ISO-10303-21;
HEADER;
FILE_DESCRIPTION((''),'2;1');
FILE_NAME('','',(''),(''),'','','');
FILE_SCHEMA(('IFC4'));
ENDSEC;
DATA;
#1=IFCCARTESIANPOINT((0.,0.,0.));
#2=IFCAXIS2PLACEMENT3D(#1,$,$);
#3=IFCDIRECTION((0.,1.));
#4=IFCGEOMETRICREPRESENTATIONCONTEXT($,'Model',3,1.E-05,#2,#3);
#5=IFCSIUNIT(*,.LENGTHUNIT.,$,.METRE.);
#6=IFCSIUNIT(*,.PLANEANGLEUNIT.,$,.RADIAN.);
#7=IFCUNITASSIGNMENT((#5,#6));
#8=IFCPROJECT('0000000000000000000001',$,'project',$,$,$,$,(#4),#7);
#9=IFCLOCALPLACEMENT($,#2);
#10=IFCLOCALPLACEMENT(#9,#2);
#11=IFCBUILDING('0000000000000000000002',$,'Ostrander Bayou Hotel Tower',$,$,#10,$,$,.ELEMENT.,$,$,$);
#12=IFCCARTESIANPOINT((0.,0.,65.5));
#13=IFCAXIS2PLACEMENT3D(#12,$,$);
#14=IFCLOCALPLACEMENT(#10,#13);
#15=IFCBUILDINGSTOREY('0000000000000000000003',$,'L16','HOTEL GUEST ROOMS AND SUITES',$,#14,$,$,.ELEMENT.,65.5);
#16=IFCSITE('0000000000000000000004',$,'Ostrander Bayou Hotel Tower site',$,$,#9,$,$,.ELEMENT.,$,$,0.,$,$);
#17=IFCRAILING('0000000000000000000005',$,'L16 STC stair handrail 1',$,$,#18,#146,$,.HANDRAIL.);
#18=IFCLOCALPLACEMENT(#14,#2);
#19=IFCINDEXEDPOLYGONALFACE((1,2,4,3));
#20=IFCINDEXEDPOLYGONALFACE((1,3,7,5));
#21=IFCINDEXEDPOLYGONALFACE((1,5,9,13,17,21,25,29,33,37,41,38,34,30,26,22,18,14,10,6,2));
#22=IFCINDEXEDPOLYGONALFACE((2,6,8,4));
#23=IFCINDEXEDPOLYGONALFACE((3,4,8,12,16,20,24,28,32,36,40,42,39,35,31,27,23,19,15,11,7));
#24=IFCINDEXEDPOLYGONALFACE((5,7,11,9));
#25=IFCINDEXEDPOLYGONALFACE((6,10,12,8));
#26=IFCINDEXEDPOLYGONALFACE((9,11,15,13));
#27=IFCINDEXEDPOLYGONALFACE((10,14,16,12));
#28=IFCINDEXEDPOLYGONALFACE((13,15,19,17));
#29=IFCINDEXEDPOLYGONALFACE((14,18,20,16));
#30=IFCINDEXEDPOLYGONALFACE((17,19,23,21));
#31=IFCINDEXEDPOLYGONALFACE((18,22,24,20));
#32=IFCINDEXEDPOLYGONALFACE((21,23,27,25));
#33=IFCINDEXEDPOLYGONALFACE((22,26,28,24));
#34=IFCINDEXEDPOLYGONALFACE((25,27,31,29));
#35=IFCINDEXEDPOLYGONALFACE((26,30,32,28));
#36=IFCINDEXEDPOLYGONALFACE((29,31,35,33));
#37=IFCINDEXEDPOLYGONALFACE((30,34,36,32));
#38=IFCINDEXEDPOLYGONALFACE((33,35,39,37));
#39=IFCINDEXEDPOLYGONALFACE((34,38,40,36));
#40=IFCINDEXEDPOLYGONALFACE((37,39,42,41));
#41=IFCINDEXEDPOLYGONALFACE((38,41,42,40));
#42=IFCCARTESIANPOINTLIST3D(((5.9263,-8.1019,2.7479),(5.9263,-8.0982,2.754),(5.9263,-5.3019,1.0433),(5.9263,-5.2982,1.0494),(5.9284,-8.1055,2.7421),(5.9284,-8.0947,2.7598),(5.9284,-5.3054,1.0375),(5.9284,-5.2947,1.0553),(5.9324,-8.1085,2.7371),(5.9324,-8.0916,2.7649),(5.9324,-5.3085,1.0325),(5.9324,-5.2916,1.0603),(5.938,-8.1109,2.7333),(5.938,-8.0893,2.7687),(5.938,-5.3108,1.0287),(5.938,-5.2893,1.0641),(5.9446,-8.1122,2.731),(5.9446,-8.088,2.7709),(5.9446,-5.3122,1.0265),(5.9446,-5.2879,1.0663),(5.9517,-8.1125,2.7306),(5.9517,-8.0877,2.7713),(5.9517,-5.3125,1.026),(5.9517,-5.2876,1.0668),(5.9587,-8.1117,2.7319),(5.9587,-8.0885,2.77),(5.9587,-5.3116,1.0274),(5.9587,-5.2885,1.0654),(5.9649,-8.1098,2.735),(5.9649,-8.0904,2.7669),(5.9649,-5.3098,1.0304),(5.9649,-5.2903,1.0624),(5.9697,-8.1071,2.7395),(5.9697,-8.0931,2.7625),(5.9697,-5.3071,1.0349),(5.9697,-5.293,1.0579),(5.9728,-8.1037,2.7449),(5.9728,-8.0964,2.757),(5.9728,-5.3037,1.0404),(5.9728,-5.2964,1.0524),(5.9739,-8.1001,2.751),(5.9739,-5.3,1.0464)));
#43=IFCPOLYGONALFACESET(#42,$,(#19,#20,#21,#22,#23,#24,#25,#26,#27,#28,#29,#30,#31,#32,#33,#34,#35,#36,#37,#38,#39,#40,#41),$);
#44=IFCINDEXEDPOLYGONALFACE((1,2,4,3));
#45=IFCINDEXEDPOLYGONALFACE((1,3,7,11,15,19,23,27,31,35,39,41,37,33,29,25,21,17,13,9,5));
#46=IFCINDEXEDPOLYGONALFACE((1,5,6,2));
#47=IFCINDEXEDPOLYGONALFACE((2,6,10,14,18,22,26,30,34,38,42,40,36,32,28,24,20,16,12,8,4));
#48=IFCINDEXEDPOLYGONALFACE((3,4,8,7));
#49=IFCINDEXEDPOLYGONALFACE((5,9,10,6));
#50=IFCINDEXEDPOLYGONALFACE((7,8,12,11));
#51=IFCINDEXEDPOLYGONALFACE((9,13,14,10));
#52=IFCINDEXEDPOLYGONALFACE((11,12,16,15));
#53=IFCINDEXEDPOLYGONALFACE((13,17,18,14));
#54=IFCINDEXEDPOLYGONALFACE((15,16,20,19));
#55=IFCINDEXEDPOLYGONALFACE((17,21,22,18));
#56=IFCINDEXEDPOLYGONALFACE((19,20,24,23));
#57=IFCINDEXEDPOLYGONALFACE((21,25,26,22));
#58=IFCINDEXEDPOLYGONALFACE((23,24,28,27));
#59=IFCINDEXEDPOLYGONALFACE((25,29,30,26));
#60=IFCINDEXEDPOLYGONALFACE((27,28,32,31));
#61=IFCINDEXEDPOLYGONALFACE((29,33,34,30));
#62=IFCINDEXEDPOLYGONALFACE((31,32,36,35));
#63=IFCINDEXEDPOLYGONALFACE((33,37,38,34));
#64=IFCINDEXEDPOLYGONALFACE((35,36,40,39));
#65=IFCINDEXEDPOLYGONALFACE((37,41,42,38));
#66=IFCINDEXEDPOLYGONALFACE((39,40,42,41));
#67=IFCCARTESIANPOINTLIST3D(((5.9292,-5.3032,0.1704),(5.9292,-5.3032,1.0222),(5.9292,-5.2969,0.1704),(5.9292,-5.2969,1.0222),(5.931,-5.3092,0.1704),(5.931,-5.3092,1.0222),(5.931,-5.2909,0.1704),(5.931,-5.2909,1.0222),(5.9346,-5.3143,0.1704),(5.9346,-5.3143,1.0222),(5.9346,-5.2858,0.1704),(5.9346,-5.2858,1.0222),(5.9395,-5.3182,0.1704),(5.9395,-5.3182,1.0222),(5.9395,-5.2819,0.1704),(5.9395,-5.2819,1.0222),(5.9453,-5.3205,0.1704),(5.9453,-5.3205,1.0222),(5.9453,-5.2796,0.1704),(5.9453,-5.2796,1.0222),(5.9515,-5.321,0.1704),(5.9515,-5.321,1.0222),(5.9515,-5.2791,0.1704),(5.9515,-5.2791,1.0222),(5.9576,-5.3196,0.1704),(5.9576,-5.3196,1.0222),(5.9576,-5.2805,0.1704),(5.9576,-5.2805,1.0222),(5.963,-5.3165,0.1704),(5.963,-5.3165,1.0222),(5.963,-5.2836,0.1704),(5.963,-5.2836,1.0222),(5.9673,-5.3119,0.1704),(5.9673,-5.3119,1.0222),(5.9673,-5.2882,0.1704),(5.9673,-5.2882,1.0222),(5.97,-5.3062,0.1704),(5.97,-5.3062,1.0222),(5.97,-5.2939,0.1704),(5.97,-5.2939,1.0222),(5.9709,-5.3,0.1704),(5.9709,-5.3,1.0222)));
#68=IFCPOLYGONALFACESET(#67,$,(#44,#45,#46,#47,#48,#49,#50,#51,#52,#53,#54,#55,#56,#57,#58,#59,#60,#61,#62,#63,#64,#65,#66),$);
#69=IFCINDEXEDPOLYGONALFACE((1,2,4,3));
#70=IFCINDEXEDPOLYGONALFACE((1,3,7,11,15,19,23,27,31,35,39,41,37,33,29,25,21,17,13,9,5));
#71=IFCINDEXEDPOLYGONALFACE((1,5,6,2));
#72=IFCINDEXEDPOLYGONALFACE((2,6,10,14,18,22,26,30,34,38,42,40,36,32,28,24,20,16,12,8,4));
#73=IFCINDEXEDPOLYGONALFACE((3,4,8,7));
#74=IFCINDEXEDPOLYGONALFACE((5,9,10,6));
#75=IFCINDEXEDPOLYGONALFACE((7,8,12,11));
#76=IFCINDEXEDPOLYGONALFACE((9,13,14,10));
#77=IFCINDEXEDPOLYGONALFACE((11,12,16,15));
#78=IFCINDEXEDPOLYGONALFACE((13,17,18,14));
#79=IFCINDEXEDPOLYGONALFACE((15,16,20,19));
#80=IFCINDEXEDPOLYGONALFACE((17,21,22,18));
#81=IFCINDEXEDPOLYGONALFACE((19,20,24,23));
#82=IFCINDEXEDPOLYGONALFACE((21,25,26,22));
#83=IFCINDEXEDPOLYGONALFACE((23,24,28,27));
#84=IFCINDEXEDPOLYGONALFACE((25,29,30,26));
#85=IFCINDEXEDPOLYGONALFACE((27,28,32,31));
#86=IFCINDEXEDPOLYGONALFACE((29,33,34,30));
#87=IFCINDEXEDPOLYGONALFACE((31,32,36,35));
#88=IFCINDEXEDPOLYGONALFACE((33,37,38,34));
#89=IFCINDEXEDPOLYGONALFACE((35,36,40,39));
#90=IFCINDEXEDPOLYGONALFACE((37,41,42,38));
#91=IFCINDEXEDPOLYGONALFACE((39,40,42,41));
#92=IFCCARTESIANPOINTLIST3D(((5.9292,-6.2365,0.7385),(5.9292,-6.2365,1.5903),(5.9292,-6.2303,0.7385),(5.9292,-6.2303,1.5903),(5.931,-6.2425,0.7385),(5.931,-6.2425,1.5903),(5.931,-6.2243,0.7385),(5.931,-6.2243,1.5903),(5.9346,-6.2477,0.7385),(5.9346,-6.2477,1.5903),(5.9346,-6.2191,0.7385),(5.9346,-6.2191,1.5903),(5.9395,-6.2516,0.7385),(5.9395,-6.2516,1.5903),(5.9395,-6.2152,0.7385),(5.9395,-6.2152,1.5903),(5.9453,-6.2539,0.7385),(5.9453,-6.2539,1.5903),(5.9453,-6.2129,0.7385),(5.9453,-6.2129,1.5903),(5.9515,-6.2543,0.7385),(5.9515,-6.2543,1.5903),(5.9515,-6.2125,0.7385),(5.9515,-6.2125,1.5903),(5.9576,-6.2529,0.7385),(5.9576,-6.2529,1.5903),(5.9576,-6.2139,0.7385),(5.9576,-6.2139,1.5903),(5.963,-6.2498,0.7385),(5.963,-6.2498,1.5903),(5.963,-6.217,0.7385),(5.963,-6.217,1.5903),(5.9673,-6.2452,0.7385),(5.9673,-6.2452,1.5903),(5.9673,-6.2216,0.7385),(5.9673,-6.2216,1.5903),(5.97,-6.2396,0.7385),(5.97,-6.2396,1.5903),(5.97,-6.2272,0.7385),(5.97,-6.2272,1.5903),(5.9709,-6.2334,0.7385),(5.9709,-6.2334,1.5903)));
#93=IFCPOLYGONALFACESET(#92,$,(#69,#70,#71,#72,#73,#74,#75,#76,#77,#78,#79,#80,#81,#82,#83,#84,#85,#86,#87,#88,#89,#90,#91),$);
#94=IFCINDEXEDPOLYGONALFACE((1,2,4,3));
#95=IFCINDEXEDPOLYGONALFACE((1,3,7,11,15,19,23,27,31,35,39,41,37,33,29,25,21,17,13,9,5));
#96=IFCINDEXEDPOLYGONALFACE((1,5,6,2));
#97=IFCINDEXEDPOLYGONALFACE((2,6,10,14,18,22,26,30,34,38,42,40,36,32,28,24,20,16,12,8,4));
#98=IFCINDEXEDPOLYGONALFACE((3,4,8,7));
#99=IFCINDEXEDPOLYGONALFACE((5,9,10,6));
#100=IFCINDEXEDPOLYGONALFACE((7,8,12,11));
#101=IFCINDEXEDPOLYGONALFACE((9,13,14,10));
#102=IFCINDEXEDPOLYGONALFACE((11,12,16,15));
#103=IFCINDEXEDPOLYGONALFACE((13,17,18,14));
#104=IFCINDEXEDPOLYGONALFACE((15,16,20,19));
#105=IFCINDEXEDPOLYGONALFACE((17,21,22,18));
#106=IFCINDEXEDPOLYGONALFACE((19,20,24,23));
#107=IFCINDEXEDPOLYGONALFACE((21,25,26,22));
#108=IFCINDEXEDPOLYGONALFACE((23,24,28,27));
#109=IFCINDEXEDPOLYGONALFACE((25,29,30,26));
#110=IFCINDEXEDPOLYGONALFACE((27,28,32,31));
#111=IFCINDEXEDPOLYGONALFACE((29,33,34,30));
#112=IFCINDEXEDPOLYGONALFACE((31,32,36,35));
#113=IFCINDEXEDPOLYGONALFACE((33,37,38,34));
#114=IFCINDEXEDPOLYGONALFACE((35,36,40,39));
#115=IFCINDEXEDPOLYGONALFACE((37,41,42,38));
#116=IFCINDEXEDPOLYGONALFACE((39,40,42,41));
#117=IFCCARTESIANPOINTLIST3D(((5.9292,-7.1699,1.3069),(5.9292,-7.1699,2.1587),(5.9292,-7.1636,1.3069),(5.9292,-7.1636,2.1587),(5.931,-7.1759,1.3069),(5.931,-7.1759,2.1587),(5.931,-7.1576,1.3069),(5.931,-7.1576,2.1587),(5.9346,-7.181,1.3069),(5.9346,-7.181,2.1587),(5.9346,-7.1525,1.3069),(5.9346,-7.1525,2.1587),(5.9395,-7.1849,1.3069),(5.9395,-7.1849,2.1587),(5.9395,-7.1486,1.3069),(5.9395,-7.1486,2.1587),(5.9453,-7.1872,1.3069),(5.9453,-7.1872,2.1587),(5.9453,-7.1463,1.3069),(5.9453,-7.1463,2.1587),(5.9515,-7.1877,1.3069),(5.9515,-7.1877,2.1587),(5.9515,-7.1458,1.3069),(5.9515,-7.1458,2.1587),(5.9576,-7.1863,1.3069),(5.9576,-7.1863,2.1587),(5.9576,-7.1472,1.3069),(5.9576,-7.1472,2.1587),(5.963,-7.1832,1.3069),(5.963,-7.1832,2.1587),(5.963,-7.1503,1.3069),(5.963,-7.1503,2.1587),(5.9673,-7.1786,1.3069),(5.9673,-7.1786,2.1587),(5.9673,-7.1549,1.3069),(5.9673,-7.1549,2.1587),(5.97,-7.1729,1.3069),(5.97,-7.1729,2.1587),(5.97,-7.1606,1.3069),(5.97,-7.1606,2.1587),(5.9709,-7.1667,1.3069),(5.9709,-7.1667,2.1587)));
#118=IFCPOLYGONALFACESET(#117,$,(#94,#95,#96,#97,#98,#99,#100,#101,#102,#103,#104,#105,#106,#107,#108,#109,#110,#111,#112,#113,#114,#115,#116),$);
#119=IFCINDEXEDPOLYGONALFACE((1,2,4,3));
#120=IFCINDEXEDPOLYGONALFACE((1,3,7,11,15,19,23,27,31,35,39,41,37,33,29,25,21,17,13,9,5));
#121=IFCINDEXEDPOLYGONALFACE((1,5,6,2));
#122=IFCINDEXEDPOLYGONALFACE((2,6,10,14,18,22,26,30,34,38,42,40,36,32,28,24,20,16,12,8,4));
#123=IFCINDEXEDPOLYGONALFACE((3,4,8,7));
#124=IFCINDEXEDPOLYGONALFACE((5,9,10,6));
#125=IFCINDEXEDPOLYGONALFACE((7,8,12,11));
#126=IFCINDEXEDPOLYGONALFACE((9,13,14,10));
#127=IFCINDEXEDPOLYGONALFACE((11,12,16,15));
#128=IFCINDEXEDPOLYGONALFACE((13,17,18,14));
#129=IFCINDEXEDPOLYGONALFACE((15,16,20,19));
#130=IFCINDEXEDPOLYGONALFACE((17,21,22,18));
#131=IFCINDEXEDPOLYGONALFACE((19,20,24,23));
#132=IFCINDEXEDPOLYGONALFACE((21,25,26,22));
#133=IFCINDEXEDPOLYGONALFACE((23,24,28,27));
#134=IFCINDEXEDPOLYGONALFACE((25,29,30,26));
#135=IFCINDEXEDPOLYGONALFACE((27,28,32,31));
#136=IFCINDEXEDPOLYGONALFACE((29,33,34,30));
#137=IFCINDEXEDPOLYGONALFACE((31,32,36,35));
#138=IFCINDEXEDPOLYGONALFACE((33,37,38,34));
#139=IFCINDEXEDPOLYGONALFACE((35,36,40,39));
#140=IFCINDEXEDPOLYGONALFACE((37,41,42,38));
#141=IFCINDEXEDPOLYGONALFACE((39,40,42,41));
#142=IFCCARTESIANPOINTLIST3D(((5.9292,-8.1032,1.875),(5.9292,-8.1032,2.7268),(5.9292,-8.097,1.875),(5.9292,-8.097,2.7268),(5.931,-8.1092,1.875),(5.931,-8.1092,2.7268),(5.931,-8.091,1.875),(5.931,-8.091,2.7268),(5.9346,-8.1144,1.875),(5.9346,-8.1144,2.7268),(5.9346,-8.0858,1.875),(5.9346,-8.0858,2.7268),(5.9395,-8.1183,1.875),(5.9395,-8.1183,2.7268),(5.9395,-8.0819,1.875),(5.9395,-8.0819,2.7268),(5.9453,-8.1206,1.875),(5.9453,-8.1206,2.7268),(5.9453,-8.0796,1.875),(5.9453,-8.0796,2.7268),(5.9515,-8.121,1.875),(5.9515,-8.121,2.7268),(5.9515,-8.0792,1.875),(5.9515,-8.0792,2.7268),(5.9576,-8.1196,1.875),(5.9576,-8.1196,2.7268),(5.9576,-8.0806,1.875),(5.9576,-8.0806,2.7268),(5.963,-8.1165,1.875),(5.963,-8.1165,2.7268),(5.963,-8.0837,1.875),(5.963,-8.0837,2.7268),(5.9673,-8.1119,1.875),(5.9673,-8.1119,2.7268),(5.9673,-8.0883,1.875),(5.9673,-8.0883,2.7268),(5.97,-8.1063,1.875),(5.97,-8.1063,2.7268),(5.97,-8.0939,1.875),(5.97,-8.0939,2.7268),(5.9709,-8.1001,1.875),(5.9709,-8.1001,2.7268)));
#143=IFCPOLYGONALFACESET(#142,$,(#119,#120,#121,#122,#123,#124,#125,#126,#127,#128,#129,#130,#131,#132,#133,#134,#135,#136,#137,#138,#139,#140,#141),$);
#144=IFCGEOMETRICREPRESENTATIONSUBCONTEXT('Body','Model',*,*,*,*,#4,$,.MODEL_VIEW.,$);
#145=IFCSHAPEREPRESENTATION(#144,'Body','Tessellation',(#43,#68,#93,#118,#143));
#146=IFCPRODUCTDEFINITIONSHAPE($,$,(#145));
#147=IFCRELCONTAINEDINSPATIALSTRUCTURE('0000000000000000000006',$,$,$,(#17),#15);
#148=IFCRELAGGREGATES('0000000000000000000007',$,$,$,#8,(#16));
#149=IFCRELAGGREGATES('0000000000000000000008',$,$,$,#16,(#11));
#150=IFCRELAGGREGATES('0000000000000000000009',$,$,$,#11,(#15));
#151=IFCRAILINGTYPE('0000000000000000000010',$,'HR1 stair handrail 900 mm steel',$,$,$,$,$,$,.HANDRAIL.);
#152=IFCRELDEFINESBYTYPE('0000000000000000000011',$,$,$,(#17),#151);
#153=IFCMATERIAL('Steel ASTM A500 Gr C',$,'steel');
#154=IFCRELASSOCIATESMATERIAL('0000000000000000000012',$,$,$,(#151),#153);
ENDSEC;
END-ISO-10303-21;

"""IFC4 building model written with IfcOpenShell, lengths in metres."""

from ifc_helpers import new_model, si_unit, direction, frame, origin, origin_2d, place, context, subcontext, project, spatial, circle, extrude, material, type_object, element, save


model = new_model("IFC4")

# Units and contexts
model_context = context("Model", 3, precision=1e-05, world=origin(), true_north=direction((0.0, 1.0)))
body_context = subcontext(model_context, "Body", "Model", "MODEL_VIEW")
ifc_project = project(units=[si_unit("LENGTHUNIT", "METRE"), si_unit("PLANEANGLEUNIT", "RADIAN")], contexts=[model_context])

# Site, building, storey
site_placement = place(None, origin())
site = spatial("IfcSite", under=ifc_project, at=site_placement, Name="Ostrander Bayou Hotel Tower site", CompositionType="ELEMENT", RefElevation=0.0)
building_placement = place(site_placement, origin())
building = spatial("IfcBuilding", under=site, at=building_placement, Name="Ostrander Bayou Hotel Tower", CompositionType="ELEMENT")
storey_placement = place(building_placement, frame((0.0, 0.0, 65.5)))
storey = spatial("IfcBuildingStorey", under=building, at=storey_placement, Name="L16", Description="HOTEL GUEST ROOMS AND SUITES", CompositionType="ELEMENT", Elevation=65.5)

# Railing
ifc_material_1 = material(Name="Steel ASTM A500 Gr C", Category="steel")
railing_type_1 = type_object("IfcRailingType", Name="HR1 stair handrail 900 mm steel", PredefinedType="HANDRAIL", material=ifc_material_1)
railing_1_placement = place(storey_placement, frame((5.95, -5.3, 0.1704)))
element("IfcRailing", 1, at=railing_1_placement, inside=storey, type_object=railing_type_1, Name="L16 STC stair handrail 1", PredefinedType="HANDRAIL", context=body_context, shape_type="SweptSolid", body=[
    extrude(circle(Radius=0.0239, at=origin_2d()), frame((0.0, 0.0, 0.876), z_axis=(0.0, -0.85417, 0.519994), x_axis=(1.0, 0.0, 0.0)), (0.0, 0.0, 1.0), 3.2781),
    extrude(circle(Radius=0.021, at=origin_2d()), origin(), (0.0, 0.0, 1.0), 0.8518),
    extrude(circle(Radius=0.021, at=origin_2d()), frame((0.0, -0.9333, 0.5681)), (0.0, 0.0, 1.0), 0.8518),
    extrude(circle(Radius=0.021, at=origin_2d()), frame((0.0, -1.8667, 1.1365)), (0.0, 0.0, 1.0), 0.8518),
    extrude(circle(Radius=0.021, at=origin_2d()), frame((0.0, -2.8, 1.7046)), (0.0, 0.0, 1.0), 0.8518),
])

save(model, "model.ifc")
